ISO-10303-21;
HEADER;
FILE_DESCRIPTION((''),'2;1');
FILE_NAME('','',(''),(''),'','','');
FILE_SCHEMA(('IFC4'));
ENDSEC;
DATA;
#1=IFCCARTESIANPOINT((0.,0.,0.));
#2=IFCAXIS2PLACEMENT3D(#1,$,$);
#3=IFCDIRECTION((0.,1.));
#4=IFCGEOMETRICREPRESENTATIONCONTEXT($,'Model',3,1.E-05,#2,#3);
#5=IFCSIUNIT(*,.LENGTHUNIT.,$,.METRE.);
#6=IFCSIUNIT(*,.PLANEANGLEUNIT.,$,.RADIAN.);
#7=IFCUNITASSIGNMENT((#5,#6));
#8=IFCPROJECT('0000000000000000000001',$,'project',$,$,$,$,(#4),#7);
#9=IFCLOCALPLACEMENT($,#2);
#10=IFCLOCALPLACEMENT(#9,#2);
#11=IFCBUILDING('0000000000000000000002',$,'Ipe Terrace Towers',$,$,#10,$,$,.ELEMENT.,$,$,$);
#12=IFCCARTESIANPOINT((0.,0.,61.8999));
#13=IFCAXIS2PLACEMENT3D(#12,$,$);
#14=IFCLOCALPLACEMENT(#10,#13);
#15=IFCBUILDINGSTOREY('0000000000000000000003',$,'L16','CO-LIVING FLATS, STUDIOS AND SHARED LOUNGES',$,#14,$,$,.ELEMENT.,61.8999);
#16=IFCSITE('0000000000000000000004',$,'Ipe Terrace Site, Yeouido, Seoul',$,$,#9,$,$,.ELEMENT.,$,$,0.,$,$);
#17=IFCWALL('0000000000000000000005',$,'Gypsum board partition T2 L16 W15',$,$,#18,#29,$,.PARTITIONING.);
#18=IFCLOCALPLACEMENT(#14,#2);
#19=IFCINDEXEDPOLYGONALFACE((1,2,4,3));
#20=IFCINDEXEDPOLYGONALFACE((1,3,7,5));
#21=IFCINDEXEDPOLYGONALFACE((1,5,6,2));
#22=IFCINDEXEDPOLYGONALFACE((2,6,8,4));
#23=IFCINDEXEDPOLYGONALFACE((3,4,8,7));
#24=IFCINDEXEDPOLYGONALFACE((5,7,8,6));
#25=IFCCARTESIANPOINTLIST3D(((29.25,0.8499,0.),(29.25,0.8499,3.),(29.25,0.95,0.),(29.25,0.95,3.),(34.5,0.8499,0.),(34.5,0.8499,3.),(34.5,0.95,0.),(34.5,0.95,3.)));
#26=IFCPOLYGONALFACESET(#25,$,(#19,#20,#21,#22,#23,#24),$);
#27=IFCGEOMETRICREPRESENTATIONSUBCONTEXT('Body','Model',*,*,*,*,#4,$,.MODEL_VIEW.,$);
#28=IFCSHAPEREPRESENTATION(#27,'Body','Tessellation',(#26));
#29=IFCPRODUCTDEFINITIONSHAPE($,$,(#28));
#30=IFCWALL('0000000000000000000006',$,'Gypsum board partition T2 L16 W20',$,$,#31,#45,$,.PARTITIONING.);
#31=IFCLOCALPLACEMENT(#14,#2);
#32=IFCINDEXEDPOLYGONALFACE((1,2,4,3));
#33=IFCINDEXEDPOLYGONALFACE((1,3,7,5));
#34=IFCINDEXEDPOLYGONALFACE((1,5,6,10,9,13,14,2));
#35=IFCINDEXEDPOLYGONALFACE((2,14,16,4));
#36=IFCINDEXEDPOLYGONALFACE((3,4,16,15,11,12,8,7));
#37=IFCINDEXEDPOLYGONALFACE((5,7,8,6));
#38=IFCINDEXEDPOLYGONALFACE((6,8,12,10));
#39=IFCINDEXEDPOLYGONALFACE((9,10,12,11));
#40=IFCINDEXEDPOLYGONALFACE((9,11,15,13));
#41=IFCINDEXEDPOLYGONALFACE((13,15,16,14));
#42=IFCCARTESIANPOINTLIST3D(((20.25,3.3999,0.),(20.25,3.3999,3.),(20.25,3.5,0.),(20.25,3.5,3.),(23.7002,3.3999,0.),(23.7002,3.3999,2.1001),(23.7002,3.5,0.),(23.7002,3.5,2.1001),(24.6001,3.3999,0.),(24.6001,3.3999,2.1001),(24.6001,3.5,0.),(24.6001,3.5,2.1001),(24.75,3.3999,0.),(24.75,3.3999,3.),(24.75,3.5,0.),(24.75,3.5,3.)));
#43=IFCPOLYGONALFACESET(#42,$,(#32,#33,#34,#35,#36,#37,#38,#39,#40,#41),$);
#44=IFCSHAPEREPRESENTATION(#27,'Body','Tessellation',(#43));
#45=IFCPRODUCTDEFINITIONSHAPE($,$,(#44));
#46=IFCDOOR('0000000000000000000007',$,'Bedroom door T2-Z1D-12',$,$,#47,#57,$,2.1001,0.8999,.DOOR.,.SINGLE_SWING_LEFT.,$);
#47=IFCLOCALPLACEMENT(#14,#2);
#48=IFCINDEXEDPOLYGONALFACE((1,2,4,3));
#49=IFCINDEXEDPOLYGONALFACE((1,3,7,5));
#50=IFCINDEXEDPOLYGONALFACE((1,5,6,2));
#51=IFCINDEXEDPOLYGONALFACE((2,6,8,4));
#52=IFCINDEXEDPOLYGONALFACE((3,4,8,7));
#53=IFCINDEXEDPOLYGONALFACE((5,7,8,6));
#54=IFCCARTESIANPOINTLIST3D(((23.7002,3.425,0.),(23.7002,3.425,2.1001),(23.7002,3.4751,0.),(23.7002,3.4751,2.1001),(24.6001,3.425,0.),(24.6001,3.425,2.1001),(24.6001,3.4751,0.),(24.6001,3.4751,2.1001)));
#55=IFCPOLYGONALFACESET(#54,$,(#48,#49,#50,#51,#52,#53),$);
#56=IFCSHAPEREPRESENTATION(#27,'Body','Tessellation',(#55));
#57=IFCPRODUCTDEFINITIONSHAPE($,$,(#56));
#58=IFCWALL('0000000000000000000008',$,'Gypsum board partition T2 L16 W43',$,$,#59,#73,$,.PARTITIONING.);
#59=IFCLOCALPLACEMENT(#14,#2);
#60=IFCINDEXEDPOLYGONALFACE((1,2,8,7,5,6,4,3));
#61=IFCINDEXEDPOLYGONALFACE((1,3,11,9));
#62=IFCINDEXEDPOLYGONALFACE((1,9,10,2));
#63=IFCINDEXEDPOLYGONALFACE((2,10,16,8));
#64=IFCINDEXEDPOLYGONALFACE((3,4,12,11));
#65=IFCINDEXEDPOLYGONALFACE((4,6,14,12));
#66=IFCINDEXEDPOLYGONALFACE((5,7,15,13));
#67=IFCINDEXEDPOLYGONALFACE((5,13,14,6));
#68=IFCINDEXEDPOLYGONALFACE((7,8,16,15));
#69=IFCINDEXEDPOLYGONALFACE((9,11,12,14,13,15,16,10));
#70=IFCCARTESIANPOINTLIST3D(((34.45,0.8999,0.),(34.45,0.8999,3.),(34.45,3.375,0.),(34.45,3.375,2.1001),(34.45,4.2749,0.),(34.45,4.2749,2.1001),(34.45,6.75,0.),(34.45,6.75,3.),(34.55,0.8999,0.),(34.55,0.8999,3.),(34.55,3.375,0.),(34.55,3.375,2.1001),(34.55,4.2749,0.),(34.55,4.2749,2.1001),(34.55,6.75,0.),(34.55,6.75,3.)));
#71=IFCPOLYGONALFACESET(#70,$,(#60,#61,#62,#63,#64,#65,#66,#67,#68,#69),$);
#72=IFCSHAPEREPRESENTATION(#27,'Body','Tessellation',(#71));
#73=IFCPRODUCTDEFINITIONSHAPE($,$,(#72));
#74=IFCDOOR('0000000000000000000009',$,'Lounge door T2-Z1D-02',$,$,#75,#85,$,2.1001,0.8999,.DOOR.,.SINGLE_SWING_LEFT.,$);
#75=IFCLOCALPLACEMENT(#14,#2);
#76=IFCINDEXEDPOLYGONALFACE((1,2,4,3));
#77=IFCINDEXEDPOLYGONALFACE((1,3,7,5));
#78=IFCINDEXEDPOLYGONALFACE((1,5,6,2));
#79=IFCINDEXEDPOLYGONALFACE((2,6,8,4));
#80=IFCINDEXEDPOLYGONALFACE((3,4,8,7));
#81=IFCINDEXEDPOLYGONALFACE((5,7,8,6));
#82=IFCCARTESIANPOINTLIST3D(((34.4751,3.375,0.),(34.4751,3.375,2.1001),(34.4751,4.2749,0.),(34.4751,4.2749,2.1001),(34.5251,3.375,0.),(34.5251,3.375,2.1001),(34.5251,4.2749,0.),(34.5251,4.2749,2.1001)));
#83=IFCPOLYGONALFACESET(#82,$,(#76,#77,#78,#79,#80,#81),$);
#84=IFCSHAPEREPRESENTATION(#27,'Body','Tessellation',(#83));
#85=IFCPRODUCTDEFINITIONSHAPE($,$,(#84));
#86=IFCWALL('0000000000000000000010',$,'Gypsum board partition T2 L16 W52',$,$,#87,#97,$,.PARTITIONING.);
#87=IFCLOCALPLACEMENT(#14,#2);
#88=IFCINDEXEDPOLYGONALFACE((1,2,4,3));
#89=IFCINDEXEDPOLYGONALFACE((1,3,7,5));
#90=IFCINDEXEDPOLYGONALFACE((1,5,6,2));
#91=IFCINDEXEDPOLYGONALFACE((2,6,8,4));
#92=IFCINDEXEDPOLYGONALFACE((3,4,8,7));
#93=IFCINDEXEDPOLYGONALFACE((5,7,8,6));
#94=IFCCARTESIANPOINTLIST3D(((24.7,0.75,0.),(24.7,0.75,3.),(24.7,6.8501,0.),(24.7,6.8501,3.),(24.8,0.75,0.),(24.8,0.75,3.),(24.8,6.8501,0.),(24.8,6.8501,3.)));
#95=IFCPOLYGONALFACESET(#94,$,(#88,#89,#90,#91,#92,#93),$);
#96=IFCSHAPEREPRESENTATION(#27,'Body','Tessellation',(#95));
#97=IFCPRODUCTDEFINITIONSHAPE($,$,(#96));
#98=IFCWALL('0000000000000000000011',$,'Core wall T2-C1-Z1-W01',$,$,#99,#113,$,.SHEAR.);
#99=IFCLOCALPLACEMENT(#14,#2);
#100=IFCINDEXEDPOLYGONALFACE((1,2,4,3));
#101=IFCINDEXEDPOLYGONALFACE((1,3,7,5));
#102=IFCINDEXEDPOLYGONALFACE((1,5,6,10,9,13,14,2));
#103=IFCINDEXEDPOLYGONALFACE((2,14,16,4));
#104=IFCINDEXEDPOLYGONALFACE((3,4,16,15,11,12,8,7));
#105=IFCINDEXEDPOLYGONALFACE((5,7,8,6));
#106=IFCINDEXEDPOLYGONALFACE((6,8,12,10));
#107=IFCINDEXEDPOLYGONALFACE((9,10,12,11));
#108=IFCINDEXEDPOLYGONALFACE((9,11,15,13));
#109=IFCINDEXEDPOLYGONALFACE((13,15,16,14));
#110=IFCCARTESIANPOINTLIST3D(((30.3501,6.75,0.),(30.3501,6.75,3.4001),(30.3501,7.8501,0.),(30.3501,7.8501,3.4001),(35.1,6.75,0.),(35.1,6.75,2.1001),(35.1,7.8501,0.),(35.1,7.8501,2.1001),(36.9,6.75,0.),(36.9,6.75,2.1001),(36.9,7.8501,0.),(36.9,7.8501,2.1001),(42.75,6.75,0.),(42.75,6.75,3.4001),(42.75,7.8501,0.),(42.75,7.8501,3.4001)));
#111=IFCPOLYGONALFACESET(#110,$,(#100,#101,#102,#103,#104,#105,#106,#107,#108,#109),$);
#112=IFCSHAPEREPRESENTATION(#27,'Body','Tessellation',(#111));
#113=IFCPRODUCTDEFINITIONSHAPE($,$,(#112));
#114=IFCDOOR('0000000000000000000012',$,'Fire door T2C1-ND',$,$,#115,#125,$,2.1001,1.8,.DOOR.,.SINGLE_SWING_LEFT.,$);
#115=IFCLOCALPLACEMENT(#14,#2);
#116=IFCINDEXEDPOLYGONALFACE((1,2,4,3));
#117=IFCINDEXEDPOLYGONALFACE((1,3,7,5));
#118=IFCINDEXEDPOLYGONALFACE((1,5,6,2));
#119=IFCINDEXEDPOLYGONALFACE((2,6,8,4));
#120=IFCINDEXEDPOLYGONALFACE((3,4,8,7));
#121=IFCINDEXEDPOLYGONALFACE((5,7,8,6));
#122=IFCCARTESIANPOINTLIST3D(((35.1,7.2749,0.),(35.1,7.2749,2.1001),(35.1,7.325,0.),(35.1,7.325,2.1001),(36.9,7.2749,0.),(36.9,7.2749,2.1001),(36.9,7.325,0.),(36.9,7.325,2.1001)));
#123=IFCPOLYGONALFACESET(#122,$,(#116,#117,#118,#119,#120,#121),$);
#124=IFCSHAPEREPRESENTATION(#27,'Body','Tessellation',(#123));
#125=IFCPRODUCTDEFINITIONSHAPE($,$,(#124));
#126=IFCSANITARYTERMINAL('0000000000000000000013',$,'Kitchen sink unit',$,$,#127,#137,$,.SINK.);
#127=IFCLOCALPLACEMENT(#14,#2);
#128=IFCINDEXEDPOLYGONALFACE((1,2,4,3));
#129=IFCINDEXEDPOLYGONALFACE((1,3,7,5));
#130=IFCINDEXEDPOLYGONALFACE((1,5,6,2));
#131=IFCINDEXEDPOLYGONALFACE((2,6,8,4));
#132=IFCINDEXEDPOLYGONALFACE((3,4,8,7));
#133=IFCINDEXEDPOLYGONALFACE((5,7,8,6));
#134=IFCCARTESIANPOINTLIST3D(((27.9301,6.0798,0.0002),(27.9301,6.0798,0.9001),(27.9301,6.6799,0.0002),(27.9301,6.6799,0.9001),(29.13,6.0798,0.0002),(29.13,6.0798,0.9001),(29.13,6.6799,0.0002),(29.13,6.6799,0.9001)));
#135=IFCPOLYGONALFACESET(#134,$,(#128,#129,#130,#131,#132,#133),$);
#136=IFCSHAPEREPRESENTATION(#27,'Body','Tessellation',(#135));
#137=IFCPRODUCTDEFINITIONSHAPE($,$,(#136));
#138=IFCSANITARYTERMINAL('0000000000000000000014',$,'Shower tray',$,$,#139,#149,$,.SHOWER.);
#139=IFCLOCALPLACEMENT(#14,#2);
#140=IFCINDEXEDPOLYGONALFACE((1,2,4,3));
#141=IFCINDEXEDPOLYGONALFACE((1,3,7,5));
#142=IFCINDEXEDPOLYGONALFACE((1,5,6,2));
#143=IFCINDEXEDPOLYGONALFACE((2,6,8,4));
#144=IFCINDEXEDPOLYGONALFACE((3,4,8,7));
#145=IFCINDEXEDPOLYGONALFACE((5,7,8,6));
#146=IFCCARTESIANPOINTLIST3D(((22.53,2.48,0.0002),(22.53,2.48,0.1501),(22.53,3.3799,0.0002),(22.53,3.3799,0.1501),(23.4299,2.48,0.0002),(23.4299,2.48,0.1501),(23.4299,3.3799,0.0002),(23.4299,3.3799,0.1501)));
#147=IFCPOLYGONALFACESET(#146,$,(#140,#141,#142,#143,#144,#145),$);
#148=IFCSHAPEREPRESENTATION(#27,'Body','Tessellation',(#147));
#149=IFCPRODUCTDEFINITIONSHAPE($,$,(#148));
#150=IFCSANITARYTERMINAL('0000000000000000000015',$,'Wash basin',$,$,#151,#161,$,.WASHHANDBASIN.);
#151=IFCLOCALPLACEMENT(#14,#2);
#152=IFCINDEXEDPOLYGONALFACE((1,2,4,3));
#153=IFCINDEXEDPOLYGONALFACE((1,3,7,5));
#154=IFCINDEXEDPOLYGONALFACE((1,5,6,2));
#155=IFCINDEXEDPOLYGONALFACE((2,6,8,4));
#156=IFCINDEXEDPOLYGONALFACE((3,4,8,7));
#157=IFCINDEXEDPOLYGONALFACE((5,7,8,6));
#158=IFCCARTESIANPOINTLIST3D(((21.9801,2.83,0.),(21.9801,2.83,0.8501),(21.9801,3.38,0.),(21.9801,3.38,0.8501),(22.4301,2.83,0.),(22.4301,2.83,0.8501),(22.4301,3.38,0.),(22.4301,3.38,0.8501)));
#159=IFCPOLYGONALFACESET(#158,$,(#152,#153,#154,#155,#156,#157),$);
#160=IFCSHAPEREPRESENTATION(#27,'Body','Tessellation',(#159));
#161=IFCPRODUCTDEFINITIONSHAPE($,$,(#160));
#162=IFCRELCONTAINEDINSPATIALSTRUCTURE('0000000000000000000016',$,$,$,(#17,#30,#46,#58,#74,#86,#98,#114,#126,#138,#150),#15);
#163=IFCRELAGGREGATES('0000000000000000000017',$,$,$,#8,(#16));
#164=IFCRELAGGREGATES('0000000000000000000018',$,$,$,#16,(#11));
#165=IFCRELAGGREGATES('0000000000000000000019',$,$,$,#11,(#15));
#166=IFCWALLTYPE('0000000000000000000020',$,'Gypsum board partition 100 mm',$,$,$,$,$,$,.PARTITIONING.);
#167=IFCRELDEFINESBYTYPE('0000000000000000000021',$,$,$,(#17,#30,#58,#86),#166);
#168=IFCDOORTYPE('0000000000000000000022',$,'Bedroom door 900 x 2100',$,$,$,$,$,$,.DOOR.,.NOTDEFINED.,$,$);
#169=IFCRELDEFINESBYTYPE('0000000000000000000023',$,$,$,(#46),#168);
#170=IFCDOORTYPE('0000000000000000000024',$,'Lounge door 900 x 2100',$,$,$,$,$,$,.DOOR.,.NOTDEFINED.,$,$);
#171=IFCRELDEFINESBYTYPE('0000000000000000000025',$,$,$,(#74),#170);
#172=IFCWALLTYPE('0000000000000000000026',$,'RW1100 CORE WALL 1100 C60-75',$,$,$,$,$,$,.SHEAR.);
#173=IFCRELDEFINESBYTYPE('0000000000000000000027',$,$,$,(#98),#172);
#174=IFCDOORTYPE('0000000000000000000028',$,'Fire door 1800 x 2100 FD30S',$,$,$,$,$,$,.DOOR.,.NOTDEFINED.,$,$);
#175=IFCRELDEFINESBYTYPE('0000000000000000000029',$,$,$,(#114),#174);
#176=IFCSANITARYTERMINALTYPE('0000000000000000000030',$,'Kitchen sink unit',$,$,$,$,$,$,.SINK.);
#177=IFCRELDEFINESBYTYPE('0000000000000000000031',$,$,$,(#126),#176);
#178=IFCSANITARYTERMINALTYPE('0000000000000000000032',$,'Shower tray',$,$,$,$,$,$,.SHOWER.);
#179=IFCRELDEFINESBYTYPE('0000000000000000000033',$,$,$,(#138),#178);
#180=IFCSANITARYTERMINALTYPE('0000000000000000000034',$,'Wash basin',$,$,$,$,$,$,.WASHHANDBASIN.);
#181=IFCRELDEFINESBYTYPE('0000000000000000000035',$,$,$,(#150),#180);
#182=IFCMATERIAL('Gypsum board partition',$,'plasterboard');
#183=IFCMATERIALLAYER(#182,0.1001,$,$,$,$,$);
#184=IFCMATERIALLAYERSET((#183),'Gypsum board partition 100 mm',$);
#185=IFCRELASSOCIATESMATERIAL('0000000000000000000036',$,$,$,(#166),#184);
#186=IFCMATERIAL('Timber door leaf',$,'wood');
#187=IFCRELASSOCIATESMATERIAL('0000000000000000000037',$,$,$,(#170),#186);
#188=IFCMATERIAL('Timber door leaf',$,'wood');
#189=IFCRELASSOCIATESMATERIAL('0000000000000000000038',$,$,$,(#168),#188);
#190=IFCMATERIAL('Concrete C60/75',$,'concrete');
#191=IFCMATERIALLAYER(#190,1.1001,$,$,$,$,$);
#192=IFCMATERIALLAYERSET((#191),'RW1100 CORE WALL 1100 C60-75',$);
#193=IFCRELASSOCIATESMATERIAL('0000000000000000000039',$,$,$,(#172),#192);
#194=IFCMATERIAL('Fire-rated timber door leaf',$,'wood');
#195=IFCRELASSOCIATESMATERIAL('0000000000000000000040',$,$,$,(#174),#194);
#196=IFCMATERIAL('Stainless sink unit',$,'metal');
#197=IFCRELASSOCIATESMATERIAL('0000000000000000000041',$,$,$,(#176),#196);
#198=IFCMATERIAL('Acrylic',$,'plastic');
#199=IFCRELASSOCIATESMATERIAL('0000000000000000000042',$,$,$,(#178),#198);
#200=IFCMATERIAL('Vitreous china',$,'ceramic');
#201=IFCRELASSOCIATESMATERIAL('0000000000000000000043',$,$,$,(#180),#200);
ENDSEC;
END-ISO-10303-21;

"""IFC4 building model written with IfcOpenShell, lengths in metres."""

from ifc_helpers import new_model, si_unit, direction, frame, frame_2d, origin, origin_2d, place, context, subcontext, project, spatial, rectangle, extrude, material, layer, layer_set, type_object, element, fill, save


model = new_model("IFC4")

# Units and contexts
model_context = context("Model", 3, precision=1e-05, world=origin(), true_north=direction((0.0, 1.0)))
body_context = subcontext(model_context, "Body", "Model", "MODEL_VIEW")
ifc_project = project(units=[si_unit("LENGTHUNIT", "METRE"), si_unit("PLANEANGLEUNIT", "RADIAN")], contexts=[model_context])

# Site, building, storey
site_placement = place(None, origin())
site = spatial("IfcSite", under=ifc_project, at=site_placement, Name="Ipe Terrace Site, Yeouido, Seoul", CompositionType="ELEMENT", RefElevation=0.0)
building_placement = place(site_placement, origin())
building = spatial("IfcBuilding", under=site, at=building_placement, Name="Ipe Terrace Towers", CompositionType="ELEMENT")
storey_placement = place(building_placement, frame((0.0, 0.0, 61.8999)))
storey = spatial("IfcBuildingStorey", under=building, at=storey_placement, Name="L16", Description="CO-LIVING FLATS, STUDIOS AND SHARED LOUNGES", CompositionType="ELEMENT", Elevation=61.8999)

# Shared definitions
ifc_material_1 = material(Name="Gypsum board partition", Category="plasterboard")
ifc_layer_1 = layer(ifc_material_1, 0.1001)
ifc_layer_set_1 = layer_set([ifc_layer_1], Name="Gypsum board partition 100 mm")
wall_type_1 = type_object("IfcWallType", Name="Gypsum board partition 100 mm", PredefinedType="PARTITIONING", material=ifc_layer_set_1)
ifc_material_2 = material(Name="Timber door leaf", Category="wood")
door_type_1 = type_object("IfcDoorType", Name="Lounge door 900 x 2100", OperationType="NOTDEFINED", PredefinedType="DOOR", material=ifc_material_2)

# Wall
wall_1_placement = place(storey_placement, frame((34.5, 0.8999, 0.0), z_axis=(0.0, 0.0, 1.0), x_axis=(-1.0, 0.0, 0.0)))
element("IfcWall", 1, at=wall_1_placement, inside=storey, type_object=wall_type_1, Name="Gypsum board partition T2 L16 W15", PredefinedType="PARTITIONING", context=body_context, shape_type="SweptSolid", body=[
    extrude(rectangle(XDim=5.25, YDim=0.1001, at=frame_2d((2.625, 0.0))), origin(), (0.0, 0.0, 1.0), 3.0),
])

# Walls, openings, doors
wall_2_placement = place(storey_placement, frame((24.75, 3.45, 0.0), z_axis=(0.0, 0.0, 1.0), x_axis=(-1.0, 0.0, 0.0)))
wall_2 = element("IfcWall", 2, at=wall_2_placement, inside=storey, type_object=wall_type_1, Name="Gypsum board partition T2 L16 W20", PredefinedType="PARTITIONING", context=body_context, shape_type="SweptSolid", body=[
    extrude(rectangle(XDim=4.5, YDim=0.1001, at=frame_2d((2.25, 0.0))), origin(), (0.0, 0.0, 1.0), 3.0),
])
opening_1_placement = place(wall_2_placement, frame((0.1499, 0.0, 0.0)))
opening_1 = element("IfcOpeningElement", 3, at=opening_1_placement, cuts=wall_2, PredefinedType="OPENING", context=body_context, shape_type="SweptSolid", body=[
    extrude(rectangle(XDim=0.8999, YDim=2.1001, at=frame_2d((0.45, 1.05))), frame((0.0, 0.0601, 0.0), z_axis=(0.0, -1.0, 0.0), x_axis=(1.0, 0.0, 0.0)), (0.0, 0.0, 1.0), 0.1201),
])
ifc_material_3 = material(Name="Timber door leaf", Category="wood")
door_type_2 = type_object("IfcDoorType", Name="Bedroom door 900 x 2100", OperationType="NOTDEFINED", PredefinedType="DOOR", material=ifc_material_3)
door_1_placement = place(opening_1_placement, origin())
door_1 = element("IfcDoor", 4, at=door_1_placement, inside=storey, type_object=door_type_2, Name="Bedroom door T2-Z1D-12", OperationType="SINGLE_SWING_LEFT", OverallHeight=2.1001, OverallWidth=0.8999, PredefinedType="DOOR", context=body_context, shape_type="SweptSolid", body=[
    extrude(rectangle(XDim=0.8999, YDim=2.1001, at=frame_2d((0.45, 1.05))), frame((0.0, 0.0249, 0.0), z_axis=(0.0, -1.0, 0.0), x_axis=(1.0, 0.0, 0.0)), (0.0, 0.0, 1.0), 0.05),
])
fill(opening_1, door_1)
wall_3_placement = place(storey_placement, frame((34.5, 0.8999, 0.0), z_axis=(0.0, 0.0, 1.0), x_axis=(0.0, 1.0, 0.0)))
wall_3 = element("IfcWall", 5, at=wall_3_placement, inside=storey, type_object=wall_type_1, Name="Gypsum board partition T2 L16 W43", PredefinedType="PARTITIONING", context=body_context, shape_type="SweptSolid", body=[
    extrude(rectangle(XDim=5.8501, YDim=0.1001, at=frame_2d((2.925, 0.0))), origin(), (0.0, 0.0, 1.0), 3.0),
])
opening_2_placement = place(wall_3_placement, frame((2.4751, 0.0, 0.0)))
opening_2 = element("IfcOpeningElement", 6, at=opening_2_placement, cuts=wall_3, PredefinedType="OPENING", context=body_context, shape_type="SweptSolid", body=[
    extrude(rectangle(XDim=0.8999, YDim=2.1001, at=frame_2d((0.45, 1.05))), frame((0.0, 0.0601, 0.0), z_axis=(0.0, -1.0, 0.0), x_axis=(1.0, 0.0, 0.0)), (0.0, 0.0, 1.0), 0.1201),
])
door_2_placement = place(opening_2_placement, origin())
door_2 = element("IfcDoor", 7, at=door_2_placement, inside=storey, type_object=door_type_1, Name="Lounge door T2-Z1D-02", OperationType="SINGLE_SWING_LEFT", OverallHeight=2.1001, OverallWidth=0.8999, PredefinedType="DOOR", context=body_context, shape_type="SweptSolid", body=[
    extrude(rectangle(XDim=0.8999, YDim=2.1001, at=frame_2d((0.45, 1.05))), frame((0.0, 0.0249, 0.0), z_axis=(0.0, -1.0, 0.0), x_axis=(1.0, 0.0, 0.0)), (0.0, 0.0, 1.0), 0.05),
])
fill(opening_2, door_2)

# Wall
wall_4_placement = place(storey_placement, frame((24.75, 0.75, 0.0), z_axis=(0.0, 0.0, 1.0), x_axis=(0.0, 1.0, 0.0)))
element("IfcWall", 8, at=wall_4_placement, inside=storey, type_object=wall_type_1, Name="Gypsum board partition T2 L16 W52", PredefinedType="PARTITIONING", context=body_context, shape_type="SweptSolid", body=[
    extrude(rectangle(XDim=6.1001, YDim=0.1001, at=frame_2d((3.05, 0.0))), origin(), (0.0, 0.0, 1.0), 3.0),
])

# Wall, opening, door
ifc_material_4 = material(Name="Concrete C60/75", Category="concrete")
ifc_layer_2 = layer(ifc_material_4, 1.1001)
ifc_layer_set_2 = layer_set([ifc_layer_2], Name="RW1100 CORE WALL 1100 C60-75")
wall_type_2 = type_object("IfcWallType", Name="RW1100 CORE WALL 1100 C60-75", PredefinedType="SHEAR", material=ifc_layer_set_2)
wall_5_placement = place(storey_placement, frame((30.3501, 7.3, 0.0), z_axis=(0.0, 0.0, 1.0), x_axis=(1.0, 0.0, 0.0)))
wall_5 = element("IfcWall", 9, at=wall_5_placement, inside=storey, type_object=wall_type_2, Name="Core wall T2-C1-Z1-W01", PredefinedType="SHEAR", context=body_context, shape_type="SweptSolid", body=[
    extrude(rectangle(XDim=12.3999, YDim=1.1001, at=frame_2d((6.2, 0.0))), origin(), (0.0, 0.0, 1.0), 3.4001),
])
opening_3_placement = place(wall_5_placement, frame((4.75, 0.0, 0.0)))
opening_3 = element("IfcOpeningElement", 10, at=opening_3_placement, cuts=wall_5, PredefinedType="OPENING", context=body_context, shape_type="SweptSolid", body=[
    extrude(rectangle(XDim=1.8, YDim=2.1001, at=frame_2d((0.8999, 1.05))), frame((0.0, 0.5601, 0.0), z_axis=(0.0, -1.0, 0.0), x_axis=(1.0, 0.0, 0.0)), (0.0, 0.0, 1.0), 1.1201),
])
ifc_material_5 = material(Name="Fire-rated timber door leaf", Category="wood")
door_type_3 = type_object("IfcDoorType", Name="Fire door 1800 x 2100 FD30S", OperationType="NOTDEFINED", PredefinedType="DOOR", material=ifc_material_5)
door_3_placement = place(opening_3_placement, origin())
door_3 = element("IfcDoor", 11, at=door_3_placement, inside=storey, type_object=door_type_3, Name="Fire door T2C1-ND", OperationType="SINGLE_SWING_LEFT", OverallHeight=2.1001, OverallWidth=1.8, PredefinedType="DOOR", context=body_context, shape_type="SweptSolid", body=[
    extrude(rectangle(XDim=1.8, YDim=2.1001, at=frame_2d((0.8999, 1.05))), frame((0.0, 0.0249, 0.0), z_axis=(0.0, -1.0, 0.0), x_axis=(1.0, 0.0, 0.0)), (0.0, 0.0, 1.0), 0.05),
])
fill(opening_3, door_3)

# Sanitary terminals
ifc_material_6 = material(Name="Stainless sink unit", Category="metal")
sanitary_terminal_type_1 = type_object("IfcSanitaryTerminalType", Name="Kitchen sink unit", PredefinedType="SINK", material=ifc_material_6)
sanitary_terminal_1_placement = place(storey_placement, frame((28.53, 6.3799, 0.0002), z_axis=(0.0, 0.0, 1.0), x_axis=(1.0, 0.0, 0.0)))
element("IfcSanitaryTerminal", 12, at=sanitary_terminal_1_placement, inside=storey, type_object=sanitary_terminal_type_1, Name="Kitchen sink unit", PredefinedType="SINK", context=body_context, shape_type="SweptSolid", body=[
    extrude(rectangle(XDim=1.2, YDim=0.6001, at=origin_2d()), origin(), (0.0, 0.0, 1.0), 0.8999),
])
ifc_material_7 = material(Name="Acrylic", Category="plastic")
sanitary_terminal_type_2 = type_object("IfcSanitaryTerminalType", Name="Shower tray", PredefinedType="SHOWER", material=ifc_material_7)
sanitary_terminal_2_placement = place(storey_placement, frame((22.98, 2.9299, 0.0002), z_axis=(0.0, 0.0, 1.0), x_axis=(0.0, -1.0, 0.0)))
element("IfcSanitaryTerminal", 13, at=sanitary_terminal_2_placement, inside=storey, type_object=sanitary_terminal_type_2, Name="Shower tray", PredefinedType="SHOWER", context=body_context, shape_type="SweptSolid", body=[
    extrude(rectangle(XDim=0.8999, YDim=0.8999, at=origin_2d()), origin(), (0.0, 0.0, 1.0), 0.1499),
])
ifc_material_8 = material(Name="Vitreous china", Category="ceramic")
sanitary_terminal_type_3 = type_object("IfcSanitaryTerminalType", Name="Wash basin", PredefinedType="WASHHANDBASIN", material=ifc_material_8)
sanitary_terminal_3_placement = place(storey_placement, frame((22.2051, 3.105, 0.0), z_axis=(0.0, 0.0, 1.0), x_axis=(0.0, -1.0, 0.0)))
element("IfcSanitaryTerminal", 14, at=sanitary_terminal_3_placement, inside=storey, type_object=sanitary_terminal_type_3, Name="Wash basin", PredefinedType="WASHHANDBASIN", context=body_context, shape_type="SweptSolid", body=[
    extrude(rectangle(XDim=0.55, YDim=0.45, at=origin_2d()), origin(), (0.0, 0.0, 1.0), 0.8501),
])

save(model, "model.ifc")
